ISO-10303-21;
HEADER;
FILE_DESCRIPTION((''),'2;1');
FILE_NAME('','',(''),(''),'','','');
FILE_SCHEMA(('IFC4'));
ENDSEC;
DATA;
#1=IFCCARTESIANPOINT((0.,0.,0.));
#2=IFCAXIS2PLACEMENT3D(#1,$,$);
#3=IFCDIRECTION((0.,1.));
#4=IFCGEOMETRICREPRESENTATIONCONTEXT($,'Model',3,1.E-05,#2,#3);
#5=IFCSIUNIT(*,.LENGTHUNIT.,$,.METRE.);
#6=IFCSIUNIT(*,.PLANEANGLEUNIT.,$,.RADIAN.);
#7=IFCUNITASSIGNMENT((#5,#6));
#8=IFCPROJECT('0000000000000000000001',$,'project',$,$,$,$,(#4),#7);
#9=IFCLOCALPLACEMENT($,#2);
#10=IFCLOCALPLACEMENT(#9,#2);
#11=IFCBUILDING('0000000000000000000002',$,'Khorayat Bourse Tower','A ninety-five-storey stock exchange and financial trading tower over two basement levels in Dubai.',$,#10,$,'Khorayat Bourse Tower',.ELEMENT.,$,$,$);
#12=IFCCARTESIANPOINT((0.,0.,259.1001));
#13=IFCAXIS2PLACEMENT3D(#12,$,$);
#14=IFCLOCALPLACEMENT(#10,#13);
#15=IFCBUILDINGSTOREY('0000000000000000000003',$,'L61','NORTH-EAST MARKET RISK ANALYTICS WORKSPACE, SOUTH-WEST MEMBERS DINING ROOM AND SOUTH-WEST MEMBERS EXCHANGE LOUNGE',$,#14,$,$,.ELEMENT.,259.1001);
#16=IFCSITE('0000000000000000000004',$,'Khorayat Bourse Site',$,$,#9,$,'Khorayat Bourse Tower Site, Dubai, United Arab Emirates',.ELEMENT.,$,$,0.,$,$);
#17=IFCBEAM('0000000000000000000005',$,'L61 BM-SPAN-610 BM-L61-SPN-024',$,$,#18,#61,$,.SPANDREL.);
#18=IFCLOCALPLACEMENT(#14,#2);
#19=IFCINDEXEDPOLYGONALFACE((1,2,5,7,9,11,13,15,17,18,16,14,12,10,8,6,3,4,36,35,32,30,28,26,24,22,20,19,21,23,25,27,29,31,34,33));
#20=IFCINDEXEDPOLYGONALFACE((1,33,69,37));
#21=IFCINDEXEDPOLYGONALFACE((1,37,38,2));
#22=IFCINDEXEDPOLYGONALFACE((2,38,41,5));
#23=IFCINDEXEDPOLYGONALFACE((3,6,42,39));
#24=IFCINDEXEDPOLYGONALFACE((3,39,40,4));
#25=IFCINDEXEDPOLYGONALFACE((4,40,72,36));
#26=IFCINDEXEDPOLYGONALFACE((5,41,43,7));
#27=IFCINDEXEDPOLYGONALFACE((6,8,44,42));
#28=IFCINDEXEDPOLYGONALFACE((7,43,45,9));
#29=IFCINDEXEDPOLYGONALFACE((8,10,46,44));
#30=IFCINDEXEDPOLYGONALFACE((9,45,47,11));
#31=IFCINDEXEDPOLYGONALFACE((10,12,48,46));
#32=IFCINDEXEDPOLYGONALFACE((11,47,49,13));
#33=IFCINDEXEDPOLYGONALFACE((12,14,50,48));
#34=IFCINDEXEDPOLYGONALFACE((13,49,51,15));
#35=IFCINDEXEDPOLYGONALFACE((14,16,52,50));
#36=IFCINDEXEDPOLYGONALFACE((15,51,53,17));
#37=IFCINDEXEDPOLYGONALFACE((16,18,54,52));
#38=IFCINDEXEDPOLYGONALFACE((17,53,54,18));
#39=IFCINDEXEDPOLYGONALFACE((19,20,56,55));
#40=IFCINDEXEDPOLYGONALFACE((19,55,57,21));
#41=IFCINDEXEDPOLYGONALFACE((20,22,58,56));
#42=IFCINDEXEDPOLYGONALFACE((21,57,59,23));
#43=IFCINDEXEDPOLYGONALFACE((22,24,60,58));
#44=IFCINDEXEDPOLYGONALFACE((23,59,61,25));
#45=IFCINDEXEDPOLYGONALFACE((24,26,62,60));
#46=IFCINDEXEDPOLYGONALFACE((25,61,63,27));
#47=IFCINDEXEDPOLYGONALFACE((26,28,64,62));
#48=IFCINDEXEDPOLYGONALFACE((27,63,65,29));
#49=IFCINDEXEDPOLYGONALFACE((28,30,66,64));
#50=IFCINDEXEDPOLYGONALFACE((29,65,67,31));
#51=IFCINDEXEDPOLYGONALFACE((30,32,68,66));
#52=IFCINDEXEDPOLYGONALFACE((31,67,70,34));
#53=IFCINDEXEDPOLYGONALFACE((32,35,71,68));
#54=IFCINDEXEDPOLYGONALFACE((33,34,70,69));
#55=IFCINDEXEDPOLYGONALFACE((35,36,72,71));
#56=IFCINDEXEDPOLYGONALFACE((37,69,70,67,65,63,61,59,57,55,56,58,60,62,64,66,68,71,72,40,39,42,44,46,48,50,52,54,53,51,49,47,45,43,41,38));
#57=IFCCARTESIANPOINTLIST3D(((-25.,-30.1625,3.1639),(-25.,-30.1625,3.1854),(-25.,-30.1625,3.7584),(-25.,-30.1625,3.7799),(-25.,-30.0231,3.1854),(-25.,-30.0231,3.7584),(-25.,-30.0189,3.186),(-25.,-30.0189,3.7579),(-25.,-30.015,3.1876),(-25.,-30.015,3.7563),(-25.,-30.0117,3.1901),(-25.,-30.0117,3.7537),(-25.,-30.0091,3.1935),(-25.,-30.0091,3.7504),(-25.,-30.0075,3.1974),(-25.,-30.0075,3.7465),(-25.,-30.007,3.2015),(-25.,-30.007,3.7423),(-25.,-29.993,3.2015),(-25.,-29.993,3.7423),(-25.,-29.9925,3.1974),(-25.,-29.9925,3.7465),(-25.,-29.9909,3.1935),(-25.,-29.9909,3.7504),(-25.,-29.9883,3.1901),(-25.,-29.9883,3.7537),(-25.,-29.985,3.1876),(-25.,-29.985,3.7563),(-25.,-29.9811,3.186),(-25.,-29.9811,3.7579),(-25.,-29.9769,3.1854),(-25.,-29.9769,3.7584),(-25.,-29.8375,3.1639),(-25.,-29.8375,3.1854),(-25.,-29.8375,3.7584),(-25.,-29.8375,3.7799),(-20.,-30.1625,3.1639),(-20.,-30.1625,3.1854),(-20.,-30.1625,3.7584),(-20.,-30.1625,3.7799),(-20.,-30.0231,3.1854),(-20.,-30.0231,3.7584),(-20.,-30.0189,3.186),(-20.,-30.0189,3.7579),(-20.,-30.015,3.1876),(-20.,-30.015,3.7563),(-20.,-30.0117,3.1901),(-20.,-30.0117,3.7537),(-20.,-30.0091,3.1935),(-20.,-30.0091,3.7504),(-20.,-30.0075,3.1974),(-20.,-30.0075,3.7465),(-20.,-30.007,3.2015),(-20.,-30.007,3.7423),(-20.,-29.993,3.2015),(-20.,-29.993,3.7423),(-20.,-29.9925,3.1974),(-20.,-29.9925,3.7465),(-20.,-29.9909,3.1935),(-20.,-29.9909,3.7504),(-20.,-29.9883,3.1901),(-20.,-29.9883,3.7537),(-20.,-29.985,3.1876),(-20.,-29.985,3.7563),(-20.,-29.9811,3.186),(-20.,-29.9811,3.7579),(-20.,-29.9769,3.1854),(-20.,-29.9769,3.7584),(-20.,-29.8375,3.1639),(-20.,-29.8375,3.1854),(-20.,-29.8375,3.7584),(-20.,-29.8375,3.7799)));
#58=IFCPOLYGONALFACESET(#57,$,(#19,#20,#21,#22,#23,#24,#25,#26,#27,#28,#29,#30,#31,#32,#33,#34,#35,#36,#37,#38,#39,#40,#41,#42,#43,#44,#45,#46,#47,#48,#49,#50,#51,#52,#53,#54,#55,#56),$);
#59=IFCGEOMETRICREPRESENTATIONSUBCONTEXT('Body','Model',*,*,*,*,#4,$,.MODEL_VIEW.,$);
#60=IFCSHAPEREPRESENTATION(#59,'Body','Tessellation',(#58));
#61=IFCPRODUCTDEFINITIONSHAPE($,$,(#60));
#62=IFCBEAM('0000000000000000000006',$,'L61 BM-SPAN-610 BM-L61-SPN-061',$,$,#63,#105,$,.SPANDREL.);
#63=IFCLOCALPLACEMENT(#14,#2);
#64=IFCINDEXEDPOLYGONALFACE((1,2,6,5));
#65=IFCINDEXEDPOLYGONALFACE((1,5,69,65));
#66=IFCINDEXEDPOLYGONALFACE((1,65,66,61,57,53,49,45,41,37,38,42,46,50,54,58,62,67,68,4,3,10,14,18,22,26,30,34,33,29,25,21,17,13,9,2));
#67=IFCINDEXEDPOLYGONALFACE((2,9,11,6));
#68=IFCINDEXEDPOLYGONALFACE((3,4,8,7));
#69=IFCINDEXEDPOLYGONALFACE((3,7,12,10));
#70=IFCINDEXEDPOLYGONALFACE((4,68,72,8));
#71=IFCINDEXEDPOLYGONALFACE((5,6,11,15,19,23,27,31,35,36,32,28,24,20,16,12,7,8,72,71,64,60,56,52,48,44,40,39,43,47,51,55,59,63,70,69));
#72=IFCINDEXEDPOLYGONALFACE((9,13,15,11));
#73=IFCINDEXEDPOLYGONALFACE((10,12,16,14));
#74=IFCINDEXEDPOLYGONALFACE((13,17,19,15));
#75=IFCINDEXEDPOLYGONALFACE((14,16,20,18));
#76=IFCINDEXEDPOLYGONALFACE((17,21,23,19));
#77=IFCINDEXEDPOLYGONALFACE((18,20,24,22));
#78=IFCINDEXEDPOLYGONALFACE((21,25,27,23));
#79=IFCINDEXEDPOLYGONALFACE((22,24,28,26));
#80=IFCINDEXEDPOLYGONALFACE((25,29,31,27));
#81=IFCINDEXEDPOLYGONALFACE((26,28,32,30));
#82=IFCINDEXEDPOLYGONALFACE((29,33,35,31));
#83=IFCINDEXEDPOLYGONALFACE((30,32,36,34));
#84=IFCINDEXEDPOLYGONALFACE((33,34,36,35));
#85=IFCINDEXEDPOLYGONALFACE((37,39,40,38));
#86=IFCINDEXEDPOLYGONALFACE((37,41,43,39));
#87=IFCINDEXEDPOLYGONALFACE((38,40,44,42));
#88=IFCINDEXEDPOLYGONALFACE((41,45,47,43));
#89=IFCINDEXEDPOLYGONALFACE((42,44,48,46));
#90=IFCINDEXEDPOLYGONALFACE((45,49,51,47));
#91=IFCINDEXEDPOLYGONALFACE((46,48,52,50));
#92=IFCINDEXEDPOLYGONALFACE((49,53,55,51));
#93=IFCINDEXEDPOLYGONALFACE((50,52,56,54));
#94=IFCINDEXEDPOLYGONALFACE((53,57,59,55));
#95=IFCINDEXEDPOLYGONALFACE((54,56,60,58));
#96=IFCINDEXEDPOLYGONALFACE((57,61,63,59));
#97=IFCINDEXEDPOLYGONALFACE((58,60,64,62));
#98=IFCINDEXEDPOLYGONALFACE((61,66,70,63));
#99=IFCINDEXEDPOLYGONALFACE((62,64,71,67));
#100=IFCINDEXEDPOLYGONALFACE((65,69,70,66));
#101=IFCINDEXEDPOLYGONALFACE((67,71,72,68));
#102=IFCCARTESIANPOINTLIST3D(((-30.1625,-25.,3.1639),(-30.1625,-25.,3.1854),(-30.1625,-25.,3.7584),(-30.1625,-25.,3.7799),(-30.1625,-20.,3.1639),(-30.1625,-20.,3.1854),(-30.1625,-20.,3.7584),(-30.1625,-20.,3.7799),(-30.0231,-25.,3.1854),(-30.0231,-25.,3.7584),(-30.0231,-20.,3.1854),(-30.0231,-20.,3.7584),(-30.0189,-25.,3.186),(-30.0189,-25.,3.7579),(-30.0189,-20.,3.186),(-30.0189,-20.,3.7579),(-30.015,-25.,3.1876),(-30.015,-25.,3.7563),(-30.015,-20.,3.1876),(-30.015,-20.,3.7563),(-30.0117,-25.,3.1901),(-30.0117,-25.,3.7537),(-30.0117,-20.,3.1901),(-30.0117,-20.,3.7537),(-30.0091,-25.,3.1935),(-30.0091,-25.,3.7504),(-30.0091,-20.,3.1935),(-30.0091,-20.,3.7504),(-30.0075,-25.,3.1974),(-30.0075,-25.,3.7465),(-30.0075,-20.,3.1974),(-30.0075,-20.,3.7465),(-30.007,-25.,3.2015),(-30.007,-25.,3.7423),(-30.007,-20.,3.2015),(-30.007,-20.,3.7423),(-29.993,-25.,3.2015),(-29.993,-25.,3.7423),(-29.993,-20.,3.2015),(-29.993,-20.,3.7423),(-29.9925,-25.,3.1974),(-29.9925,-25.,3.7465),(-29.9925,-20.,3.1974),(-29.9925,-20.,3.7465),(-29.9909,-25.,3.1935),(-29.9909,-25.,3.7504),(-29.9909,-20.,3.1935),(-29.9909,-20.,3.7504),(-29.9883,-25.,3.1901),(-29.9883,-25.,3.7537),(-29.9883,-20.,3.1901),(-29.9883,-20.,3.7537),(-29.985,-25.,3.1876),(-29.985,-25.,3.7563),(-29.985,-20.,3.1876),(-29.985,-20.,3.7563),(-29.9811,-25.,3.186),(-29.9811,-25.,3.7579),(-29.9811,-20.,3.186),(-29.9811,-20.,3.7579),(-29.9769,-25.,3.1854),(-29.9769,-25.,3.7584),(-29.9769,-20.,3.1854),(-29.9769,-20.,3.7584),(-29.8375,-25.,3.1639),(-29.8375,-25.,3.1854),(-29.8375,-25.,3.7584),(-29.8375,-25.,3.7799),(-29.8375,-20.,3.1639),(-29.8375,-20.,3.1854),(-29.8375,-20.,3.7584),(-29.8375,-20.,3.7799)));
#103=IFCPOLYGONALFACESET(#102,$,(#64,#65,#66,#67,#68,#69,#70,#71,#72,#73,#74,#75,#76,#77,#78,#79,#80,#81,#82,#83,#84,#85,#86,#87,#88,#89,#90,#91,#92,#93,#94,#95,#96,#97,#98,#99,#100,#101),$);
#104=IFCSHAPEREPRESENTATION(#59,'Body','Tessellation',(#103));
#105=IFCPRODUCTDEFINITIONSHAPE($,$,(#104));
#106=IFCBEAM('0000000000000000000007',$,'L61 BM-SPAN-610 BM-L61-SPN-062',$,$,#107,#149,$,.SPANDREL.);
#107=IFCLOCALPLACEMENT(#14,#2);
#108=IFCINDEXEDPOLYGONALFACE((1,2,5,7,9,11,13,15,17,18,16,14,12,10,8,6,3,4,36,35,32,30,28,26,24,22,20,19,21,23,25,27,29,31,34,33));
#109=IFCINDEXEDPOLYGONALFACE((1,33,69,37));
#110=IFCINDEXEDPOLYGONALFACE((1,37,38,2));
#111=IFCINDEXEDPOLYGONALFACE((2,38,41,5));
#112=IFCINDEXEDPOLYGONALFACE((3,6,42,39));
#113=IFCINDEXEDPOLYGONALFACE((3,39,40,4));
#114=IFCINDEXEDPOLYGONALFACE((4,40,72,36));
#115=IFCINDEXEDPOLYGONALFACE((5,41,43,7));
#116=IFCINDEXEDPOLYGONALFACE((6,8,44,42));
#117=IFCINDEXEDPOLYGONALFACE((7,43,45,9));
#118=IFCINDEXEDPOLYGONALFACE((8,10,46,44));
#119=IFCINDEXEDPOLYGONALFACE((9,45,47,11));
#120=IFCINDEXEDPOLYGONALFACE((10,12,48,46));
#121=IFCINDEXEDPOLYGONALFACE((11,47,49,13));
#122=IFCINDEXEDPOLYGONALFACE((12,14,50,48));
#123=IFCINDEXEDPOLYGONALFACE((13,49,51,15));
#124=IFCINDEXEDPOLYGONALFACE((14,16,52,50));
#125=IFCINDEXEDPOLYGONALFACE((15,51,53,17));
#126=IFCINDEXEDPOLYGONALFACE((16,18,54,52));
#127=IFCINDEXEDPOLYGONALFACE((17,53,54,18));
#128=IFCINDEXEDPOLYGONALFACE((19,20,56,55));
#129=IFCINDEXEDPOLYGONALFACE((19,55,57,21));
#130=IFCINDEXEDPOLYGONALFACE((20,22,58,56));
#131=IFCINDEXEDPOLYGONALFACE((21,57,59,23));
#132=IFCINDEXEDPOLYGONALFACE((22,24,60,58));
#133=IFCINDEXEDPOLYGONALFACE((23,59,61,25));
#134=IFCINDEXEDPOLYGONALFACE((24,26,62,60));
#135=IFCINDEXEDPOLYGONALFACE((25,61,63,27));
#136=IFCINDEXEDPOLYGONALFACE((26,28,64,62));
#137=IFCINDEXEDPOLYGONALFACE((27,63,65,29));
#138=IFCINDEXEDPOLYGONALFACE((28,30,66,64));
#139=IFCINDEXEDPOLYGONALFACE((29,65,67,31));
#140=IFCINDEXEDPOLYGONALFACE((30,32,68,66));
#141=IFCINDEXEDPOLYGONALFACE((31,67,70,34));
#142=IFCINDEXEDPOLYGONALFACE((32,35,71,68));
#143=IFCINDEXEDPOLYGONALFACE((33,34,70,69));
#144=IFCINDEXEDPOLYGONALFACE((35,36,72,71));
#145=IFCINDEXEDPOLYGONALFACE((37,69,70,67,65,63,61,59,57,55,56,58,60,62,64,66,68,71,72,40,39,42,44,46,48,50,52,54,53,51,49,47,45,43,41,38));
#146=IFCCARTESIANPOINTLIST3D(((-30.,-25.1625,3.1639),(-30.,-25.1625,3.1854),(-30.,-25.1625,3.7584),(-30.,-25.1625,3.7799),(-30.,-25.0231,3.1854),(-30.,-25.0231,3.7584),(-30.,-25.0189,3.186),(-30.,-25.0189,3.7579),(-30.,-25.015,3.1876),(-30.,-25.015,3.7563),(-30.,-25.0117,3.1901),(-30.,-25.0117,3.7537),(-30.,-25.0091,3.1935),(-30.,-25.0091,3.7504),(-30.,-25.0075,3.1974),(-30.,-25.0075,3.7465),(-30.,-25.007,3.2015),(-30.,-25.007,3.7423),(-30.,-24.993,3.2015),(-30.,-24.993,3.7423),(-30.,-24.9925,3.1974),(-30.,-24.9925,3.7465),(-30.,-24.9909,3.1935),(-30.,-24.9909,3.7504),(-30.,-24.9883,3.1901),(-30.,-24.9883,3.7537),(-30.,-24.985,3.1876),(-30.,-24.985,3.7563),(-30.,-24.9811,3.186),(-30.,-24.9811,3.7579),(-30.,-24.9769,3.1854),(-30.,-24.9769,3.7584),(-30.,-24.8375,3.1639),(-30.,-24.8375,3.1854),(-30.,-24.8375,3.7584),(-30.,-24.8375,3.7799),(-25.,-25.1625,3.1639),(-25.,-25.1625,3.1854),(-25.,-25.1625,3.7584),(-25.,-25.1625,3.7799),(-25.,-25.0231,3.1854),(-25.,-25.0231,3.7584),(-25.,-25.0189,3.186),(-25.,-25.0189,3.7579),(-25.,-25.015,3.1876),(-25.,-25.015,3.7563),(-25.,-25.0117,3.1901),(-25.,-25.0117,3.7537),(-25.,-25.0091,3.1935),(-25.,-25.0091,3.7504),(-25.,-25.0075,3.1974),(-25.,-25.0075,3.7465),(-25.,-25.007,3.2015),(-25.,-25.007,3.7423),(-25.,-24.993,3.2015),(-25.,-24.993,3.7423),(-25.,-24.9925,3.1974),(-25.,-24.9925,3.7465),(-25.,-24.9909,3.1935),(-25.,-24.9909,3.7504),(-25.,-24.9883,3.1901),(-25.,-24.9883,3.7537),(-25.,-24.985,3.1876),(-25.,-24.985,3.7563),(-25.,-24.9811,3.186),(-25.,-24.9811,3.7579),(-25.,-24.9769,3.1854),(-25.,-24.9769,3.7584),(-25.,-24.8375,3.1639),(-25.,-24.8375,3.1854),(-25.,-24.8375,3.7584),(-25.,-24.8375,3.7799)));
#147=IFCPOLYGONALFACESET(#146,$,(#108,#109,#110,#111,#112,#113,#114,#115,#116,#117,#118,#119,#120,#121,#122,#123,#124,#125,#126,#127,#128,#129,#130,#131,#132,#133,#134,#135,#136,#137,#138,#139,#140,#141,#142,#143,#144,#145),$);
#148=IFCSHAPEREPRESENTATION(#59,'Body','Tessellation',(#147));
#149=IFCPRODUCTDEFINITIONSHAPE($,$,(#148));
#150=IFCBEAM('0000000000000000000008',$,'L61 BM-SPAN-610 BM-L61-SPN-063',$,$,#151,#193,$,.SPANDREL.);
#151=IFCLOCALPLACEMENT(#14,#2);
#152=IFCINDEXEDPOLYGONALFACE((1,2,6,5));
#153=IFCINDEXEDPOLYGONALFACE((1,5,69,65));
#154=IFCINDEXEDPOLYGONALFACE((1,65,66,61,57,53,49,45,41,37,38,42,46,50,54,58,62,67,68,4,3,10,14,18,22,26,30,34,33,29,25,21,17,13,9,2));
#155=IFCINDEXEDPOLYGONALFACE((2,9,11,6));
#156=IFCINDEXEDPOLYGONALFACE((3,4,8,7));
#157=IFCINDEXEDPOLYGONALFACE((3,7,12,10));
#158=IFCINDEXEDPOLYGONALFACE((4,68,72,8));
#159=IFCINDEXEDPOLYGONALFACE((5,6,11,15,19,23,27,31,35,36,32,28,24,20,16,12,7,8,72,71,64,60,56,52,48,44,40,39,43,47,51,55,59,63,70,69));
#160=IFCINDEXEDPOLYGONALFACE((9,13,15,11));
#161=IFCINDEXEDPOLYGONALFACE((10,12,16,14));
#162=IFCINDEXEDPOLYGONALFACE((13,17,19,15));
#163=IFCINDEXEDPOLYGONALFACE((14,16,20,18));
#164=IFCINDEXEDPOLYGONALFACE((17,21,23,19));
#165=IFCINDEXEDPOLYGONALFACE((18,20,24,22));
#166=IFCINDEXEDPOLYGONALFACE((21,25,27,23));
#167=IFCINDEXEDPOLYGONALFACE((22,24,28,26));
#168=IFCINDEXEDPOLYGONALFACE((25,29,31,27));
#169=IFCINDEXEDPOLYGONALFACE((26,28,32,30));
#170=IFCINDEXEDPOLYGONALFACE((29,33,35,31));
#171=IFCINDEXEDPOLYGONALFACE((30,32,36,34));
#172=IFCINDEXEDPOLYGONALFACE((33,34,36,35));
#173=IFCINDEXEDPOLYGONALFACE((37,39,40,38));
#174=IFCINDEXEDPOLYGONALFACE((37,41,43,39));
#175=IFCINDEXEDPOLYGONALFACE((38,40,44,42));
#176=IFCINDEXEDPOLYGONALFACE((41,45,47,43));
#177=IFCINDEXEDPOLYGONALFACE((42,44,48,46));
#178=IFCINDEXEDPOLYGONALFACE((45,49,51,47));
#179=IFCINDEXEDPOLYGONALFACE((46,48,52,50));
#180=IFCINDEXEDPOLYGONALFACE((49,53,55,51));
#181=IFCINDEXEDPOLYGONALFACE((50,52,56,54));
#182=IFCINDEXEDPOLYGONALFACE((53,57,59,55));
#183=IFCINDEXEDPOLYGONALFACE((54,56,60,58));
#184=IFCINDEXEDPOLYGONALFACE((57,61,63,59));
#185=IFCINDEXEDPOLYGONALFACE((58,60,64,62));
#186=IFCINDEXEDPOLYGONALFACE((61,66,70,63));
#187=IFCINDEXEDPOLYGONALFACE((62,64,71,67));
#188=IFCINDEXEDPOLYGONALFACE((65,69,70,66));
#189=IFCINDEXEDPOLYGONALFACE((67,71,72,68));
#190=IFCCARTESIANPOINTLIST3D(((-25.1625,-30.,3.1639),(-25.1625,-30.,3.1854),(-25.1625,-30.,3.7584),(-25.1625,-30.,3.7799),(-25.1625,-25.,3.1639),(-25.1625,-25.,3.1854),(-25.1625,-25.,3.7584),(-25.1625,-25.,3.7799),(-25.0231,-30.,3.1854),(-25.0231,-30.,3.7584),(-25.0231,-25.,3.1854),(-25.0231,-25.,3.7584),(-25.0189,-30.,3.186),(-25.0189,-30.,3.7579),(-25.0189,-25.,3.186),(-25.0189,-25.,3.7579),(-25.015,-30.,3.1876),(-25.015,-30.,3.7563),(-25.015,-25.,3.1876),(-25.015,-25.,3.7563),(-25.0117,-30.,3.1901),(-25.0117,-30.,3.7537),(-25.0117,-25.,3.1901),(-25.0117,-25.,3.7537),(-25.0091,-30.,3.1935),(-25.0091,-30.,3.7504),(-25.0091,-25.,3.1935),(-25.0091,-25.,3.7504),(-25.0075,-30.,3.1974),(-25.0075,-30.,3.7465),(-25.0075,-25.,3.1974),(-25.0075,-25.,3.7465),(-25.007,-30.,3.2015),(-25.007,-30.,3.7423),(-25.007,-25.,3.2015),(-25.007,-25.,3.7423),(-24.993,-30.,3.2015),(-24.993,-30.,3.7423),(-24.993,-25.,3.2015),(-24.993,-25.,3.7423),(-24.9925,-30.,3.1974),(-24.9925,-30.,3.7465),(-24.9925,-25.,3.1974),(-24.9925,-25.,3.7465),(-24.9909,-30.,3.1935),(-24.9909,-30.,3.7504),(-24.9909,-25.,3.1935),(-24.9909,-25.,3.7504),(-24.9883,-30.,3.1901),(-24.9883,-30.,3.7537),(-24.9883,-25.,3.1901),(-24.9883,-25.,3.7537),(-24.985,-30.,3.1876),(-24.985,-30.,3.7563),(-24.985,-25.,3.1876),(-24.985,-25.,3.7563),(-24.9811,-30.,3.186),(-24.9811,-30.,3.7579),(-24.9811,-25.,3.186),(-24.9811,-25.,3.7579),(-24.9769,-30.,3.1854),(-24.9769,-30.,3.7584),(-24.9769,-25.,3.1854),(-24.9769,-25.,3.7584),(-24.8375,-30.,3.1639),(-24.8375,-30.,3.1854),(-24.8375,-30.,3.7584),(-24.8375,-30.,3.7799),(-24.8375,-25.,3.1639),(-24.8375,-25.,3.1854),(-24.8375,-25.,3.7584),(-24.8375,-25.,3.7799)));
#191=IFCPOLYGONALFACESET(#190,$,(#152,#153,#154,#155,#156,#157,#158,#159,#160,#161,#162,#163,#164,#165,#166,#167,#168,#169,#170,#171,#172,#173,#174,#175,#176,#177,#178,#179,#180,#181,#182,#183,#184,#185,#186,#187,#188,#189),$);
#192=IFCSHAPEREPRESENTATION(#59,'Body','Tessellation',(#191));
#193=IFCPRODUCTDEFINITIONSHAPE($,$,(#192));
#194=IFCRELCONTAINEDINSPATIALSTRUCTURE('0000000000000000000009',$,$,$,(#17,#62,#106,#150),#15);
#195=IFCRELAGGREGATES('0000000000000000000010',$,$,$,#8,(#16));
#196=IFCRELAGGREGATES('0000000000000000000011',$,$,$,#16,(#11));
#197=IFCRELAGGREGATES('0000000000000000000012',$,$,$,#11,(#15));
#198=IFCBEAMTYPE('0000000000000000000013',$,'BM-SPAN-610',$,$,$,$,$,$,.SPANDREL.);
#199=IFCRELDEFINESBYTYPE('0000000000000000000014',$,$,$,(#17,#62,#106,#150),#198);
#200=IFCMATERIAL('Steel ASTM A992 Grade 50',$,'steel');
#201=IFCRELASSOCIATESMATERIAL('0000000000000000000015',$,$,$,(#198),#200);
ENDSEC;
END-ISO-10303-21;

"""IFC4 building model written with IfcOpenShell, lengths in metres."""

from ifc_helpers import new_model, si_unit, direction, frame, origin, origin_2d, place, context, subcontext, project, spatial, i_section, extrude, source, transform, mapped, material, material_profile, profile_set, type_object, element, save


model = new_model("IFC4")

# Units and contexts
model_context = context("Model", 3, precision=1e-05, world=origin(), true_north=direction((0.0, 1.0)))
body_context = subcontext(model_context, "Body", "Model", "MODEL_VIEW")
ifc_project = project(units=[si_unit("LENGTHUNIT", "METRE"), si_unit("PLANEANGLEUNIT", "RADIAN")], contexts=[model_context])

# Site, building, storey
site_placement = place(None, origin())
site = spatial("IfcSite", under=ifc_project, at=site_placement, Name="Khorayat Bourse Site", LongName="Khorayat Bourse Tower Site, Dubai, United Arab Emirates", CompositionType="ELEMENT", RefElevation=0.0)
building_placement = place(site_placement, origin())
building = spatial("IfcBuilding", under=site, at=building_placement, Name="Khorayat Bourse Tower", Description="A ninety-five-storey stock exchange and financial trading tower over two basement levels in Dubai.", LongName="Khorayat Bourse Tower", CompositionType="ELEMENT")
storey_placement = place(building_placement, frame((0.0, 0.0, 259.1001)))
storey = spatial("IfcBuildingStorey", under=building, at=storey_placement, Name="L61", Description="NORTH-EAST MARKET RISK ANALYTICS WORKSPACE, SOUTH-WEST MEMBERS DINING ROOM AND SOUTH-WEST MEMBERS EXCHANGE LOUNGE", CompositionType="ELEMENT", Elevation=259.1001)

# Beams
ifc_material_1 = material(Name="Steel ASTM A992 Grade 50", Category="steel")
ifc_material_profile_1 = material_profile(ifc_material_1, i_section(OverallWidth=0.325, OverallDepth=0.616, WebThickness=0.0139, FlangeThickness=0.0215, FilletRadius=0.0161, at=origin_2d()), Name="W610X174")
ifc_profile_set_1 = profile_set([ifc_material_profile_1], Name="Steel ASTM A992 Grade 50")
beam_type_1 = type_object("IfcBeamType", Name="BM-SPAN-610", PredefinedType="SPANDREL", material=ifc_profile_set_1)
shared_shape_1 = source(origin(), body_context, "Body", "SweptSolid", [
    extrude(i_section(OverallWidth=0.325, OverallDepth=0.616, WebThickness=0.0139, FlangeThickness=0.0215, FilletRadius=0.0161, at=origin_2d()), origin(), (0.0, 0.0, 1.0), 5.0),
])
for number, where, z_axis, x_axis, name in (
    (1, (-25.0, -30.0, 3.4719), (1.0, 0.0, 0.0), (0.0, 1.0, 0.0), "L61 BM-SPAN-610 BM-L61-SPN-024"),
    (2, (-30.0, -25.0, 3.4719), (0.0, 1.0, 0.0), (-1.0, 0.0, 0.0), "L61 BM-SPAN-610 BM-L61-SPN-061"),
    (3, (-30.0, -25.0, 3.4719), (1.0, 0.0, 0.0), (0.0, 1.0, 0.0), "L61 BM-SPAN-610 BM-L61-SPN-062"),
    (4, (-25.0, -30.0, 3.4719), (0.0, 1.0, 0.0), (-1.0, 0.0, 0.0), "L61 BM-SPAN-610 BM-L61-SPN-063"),
):
    element("IfcBeam", number, at=place(storey_placement, frame(where, z_axis=z_axis, x_axis=x_axis)), inside=storey, type_object=beam_type_1, Name=name, PredefinedType="SPANDREL", context=body_context, shape_type="MappedRepresentation", body=[
        mapped(shared_shape_1, transform((0.0, 0.0, 0.0), scale=1.0)),
    ])

save(model, "model.ifc")
